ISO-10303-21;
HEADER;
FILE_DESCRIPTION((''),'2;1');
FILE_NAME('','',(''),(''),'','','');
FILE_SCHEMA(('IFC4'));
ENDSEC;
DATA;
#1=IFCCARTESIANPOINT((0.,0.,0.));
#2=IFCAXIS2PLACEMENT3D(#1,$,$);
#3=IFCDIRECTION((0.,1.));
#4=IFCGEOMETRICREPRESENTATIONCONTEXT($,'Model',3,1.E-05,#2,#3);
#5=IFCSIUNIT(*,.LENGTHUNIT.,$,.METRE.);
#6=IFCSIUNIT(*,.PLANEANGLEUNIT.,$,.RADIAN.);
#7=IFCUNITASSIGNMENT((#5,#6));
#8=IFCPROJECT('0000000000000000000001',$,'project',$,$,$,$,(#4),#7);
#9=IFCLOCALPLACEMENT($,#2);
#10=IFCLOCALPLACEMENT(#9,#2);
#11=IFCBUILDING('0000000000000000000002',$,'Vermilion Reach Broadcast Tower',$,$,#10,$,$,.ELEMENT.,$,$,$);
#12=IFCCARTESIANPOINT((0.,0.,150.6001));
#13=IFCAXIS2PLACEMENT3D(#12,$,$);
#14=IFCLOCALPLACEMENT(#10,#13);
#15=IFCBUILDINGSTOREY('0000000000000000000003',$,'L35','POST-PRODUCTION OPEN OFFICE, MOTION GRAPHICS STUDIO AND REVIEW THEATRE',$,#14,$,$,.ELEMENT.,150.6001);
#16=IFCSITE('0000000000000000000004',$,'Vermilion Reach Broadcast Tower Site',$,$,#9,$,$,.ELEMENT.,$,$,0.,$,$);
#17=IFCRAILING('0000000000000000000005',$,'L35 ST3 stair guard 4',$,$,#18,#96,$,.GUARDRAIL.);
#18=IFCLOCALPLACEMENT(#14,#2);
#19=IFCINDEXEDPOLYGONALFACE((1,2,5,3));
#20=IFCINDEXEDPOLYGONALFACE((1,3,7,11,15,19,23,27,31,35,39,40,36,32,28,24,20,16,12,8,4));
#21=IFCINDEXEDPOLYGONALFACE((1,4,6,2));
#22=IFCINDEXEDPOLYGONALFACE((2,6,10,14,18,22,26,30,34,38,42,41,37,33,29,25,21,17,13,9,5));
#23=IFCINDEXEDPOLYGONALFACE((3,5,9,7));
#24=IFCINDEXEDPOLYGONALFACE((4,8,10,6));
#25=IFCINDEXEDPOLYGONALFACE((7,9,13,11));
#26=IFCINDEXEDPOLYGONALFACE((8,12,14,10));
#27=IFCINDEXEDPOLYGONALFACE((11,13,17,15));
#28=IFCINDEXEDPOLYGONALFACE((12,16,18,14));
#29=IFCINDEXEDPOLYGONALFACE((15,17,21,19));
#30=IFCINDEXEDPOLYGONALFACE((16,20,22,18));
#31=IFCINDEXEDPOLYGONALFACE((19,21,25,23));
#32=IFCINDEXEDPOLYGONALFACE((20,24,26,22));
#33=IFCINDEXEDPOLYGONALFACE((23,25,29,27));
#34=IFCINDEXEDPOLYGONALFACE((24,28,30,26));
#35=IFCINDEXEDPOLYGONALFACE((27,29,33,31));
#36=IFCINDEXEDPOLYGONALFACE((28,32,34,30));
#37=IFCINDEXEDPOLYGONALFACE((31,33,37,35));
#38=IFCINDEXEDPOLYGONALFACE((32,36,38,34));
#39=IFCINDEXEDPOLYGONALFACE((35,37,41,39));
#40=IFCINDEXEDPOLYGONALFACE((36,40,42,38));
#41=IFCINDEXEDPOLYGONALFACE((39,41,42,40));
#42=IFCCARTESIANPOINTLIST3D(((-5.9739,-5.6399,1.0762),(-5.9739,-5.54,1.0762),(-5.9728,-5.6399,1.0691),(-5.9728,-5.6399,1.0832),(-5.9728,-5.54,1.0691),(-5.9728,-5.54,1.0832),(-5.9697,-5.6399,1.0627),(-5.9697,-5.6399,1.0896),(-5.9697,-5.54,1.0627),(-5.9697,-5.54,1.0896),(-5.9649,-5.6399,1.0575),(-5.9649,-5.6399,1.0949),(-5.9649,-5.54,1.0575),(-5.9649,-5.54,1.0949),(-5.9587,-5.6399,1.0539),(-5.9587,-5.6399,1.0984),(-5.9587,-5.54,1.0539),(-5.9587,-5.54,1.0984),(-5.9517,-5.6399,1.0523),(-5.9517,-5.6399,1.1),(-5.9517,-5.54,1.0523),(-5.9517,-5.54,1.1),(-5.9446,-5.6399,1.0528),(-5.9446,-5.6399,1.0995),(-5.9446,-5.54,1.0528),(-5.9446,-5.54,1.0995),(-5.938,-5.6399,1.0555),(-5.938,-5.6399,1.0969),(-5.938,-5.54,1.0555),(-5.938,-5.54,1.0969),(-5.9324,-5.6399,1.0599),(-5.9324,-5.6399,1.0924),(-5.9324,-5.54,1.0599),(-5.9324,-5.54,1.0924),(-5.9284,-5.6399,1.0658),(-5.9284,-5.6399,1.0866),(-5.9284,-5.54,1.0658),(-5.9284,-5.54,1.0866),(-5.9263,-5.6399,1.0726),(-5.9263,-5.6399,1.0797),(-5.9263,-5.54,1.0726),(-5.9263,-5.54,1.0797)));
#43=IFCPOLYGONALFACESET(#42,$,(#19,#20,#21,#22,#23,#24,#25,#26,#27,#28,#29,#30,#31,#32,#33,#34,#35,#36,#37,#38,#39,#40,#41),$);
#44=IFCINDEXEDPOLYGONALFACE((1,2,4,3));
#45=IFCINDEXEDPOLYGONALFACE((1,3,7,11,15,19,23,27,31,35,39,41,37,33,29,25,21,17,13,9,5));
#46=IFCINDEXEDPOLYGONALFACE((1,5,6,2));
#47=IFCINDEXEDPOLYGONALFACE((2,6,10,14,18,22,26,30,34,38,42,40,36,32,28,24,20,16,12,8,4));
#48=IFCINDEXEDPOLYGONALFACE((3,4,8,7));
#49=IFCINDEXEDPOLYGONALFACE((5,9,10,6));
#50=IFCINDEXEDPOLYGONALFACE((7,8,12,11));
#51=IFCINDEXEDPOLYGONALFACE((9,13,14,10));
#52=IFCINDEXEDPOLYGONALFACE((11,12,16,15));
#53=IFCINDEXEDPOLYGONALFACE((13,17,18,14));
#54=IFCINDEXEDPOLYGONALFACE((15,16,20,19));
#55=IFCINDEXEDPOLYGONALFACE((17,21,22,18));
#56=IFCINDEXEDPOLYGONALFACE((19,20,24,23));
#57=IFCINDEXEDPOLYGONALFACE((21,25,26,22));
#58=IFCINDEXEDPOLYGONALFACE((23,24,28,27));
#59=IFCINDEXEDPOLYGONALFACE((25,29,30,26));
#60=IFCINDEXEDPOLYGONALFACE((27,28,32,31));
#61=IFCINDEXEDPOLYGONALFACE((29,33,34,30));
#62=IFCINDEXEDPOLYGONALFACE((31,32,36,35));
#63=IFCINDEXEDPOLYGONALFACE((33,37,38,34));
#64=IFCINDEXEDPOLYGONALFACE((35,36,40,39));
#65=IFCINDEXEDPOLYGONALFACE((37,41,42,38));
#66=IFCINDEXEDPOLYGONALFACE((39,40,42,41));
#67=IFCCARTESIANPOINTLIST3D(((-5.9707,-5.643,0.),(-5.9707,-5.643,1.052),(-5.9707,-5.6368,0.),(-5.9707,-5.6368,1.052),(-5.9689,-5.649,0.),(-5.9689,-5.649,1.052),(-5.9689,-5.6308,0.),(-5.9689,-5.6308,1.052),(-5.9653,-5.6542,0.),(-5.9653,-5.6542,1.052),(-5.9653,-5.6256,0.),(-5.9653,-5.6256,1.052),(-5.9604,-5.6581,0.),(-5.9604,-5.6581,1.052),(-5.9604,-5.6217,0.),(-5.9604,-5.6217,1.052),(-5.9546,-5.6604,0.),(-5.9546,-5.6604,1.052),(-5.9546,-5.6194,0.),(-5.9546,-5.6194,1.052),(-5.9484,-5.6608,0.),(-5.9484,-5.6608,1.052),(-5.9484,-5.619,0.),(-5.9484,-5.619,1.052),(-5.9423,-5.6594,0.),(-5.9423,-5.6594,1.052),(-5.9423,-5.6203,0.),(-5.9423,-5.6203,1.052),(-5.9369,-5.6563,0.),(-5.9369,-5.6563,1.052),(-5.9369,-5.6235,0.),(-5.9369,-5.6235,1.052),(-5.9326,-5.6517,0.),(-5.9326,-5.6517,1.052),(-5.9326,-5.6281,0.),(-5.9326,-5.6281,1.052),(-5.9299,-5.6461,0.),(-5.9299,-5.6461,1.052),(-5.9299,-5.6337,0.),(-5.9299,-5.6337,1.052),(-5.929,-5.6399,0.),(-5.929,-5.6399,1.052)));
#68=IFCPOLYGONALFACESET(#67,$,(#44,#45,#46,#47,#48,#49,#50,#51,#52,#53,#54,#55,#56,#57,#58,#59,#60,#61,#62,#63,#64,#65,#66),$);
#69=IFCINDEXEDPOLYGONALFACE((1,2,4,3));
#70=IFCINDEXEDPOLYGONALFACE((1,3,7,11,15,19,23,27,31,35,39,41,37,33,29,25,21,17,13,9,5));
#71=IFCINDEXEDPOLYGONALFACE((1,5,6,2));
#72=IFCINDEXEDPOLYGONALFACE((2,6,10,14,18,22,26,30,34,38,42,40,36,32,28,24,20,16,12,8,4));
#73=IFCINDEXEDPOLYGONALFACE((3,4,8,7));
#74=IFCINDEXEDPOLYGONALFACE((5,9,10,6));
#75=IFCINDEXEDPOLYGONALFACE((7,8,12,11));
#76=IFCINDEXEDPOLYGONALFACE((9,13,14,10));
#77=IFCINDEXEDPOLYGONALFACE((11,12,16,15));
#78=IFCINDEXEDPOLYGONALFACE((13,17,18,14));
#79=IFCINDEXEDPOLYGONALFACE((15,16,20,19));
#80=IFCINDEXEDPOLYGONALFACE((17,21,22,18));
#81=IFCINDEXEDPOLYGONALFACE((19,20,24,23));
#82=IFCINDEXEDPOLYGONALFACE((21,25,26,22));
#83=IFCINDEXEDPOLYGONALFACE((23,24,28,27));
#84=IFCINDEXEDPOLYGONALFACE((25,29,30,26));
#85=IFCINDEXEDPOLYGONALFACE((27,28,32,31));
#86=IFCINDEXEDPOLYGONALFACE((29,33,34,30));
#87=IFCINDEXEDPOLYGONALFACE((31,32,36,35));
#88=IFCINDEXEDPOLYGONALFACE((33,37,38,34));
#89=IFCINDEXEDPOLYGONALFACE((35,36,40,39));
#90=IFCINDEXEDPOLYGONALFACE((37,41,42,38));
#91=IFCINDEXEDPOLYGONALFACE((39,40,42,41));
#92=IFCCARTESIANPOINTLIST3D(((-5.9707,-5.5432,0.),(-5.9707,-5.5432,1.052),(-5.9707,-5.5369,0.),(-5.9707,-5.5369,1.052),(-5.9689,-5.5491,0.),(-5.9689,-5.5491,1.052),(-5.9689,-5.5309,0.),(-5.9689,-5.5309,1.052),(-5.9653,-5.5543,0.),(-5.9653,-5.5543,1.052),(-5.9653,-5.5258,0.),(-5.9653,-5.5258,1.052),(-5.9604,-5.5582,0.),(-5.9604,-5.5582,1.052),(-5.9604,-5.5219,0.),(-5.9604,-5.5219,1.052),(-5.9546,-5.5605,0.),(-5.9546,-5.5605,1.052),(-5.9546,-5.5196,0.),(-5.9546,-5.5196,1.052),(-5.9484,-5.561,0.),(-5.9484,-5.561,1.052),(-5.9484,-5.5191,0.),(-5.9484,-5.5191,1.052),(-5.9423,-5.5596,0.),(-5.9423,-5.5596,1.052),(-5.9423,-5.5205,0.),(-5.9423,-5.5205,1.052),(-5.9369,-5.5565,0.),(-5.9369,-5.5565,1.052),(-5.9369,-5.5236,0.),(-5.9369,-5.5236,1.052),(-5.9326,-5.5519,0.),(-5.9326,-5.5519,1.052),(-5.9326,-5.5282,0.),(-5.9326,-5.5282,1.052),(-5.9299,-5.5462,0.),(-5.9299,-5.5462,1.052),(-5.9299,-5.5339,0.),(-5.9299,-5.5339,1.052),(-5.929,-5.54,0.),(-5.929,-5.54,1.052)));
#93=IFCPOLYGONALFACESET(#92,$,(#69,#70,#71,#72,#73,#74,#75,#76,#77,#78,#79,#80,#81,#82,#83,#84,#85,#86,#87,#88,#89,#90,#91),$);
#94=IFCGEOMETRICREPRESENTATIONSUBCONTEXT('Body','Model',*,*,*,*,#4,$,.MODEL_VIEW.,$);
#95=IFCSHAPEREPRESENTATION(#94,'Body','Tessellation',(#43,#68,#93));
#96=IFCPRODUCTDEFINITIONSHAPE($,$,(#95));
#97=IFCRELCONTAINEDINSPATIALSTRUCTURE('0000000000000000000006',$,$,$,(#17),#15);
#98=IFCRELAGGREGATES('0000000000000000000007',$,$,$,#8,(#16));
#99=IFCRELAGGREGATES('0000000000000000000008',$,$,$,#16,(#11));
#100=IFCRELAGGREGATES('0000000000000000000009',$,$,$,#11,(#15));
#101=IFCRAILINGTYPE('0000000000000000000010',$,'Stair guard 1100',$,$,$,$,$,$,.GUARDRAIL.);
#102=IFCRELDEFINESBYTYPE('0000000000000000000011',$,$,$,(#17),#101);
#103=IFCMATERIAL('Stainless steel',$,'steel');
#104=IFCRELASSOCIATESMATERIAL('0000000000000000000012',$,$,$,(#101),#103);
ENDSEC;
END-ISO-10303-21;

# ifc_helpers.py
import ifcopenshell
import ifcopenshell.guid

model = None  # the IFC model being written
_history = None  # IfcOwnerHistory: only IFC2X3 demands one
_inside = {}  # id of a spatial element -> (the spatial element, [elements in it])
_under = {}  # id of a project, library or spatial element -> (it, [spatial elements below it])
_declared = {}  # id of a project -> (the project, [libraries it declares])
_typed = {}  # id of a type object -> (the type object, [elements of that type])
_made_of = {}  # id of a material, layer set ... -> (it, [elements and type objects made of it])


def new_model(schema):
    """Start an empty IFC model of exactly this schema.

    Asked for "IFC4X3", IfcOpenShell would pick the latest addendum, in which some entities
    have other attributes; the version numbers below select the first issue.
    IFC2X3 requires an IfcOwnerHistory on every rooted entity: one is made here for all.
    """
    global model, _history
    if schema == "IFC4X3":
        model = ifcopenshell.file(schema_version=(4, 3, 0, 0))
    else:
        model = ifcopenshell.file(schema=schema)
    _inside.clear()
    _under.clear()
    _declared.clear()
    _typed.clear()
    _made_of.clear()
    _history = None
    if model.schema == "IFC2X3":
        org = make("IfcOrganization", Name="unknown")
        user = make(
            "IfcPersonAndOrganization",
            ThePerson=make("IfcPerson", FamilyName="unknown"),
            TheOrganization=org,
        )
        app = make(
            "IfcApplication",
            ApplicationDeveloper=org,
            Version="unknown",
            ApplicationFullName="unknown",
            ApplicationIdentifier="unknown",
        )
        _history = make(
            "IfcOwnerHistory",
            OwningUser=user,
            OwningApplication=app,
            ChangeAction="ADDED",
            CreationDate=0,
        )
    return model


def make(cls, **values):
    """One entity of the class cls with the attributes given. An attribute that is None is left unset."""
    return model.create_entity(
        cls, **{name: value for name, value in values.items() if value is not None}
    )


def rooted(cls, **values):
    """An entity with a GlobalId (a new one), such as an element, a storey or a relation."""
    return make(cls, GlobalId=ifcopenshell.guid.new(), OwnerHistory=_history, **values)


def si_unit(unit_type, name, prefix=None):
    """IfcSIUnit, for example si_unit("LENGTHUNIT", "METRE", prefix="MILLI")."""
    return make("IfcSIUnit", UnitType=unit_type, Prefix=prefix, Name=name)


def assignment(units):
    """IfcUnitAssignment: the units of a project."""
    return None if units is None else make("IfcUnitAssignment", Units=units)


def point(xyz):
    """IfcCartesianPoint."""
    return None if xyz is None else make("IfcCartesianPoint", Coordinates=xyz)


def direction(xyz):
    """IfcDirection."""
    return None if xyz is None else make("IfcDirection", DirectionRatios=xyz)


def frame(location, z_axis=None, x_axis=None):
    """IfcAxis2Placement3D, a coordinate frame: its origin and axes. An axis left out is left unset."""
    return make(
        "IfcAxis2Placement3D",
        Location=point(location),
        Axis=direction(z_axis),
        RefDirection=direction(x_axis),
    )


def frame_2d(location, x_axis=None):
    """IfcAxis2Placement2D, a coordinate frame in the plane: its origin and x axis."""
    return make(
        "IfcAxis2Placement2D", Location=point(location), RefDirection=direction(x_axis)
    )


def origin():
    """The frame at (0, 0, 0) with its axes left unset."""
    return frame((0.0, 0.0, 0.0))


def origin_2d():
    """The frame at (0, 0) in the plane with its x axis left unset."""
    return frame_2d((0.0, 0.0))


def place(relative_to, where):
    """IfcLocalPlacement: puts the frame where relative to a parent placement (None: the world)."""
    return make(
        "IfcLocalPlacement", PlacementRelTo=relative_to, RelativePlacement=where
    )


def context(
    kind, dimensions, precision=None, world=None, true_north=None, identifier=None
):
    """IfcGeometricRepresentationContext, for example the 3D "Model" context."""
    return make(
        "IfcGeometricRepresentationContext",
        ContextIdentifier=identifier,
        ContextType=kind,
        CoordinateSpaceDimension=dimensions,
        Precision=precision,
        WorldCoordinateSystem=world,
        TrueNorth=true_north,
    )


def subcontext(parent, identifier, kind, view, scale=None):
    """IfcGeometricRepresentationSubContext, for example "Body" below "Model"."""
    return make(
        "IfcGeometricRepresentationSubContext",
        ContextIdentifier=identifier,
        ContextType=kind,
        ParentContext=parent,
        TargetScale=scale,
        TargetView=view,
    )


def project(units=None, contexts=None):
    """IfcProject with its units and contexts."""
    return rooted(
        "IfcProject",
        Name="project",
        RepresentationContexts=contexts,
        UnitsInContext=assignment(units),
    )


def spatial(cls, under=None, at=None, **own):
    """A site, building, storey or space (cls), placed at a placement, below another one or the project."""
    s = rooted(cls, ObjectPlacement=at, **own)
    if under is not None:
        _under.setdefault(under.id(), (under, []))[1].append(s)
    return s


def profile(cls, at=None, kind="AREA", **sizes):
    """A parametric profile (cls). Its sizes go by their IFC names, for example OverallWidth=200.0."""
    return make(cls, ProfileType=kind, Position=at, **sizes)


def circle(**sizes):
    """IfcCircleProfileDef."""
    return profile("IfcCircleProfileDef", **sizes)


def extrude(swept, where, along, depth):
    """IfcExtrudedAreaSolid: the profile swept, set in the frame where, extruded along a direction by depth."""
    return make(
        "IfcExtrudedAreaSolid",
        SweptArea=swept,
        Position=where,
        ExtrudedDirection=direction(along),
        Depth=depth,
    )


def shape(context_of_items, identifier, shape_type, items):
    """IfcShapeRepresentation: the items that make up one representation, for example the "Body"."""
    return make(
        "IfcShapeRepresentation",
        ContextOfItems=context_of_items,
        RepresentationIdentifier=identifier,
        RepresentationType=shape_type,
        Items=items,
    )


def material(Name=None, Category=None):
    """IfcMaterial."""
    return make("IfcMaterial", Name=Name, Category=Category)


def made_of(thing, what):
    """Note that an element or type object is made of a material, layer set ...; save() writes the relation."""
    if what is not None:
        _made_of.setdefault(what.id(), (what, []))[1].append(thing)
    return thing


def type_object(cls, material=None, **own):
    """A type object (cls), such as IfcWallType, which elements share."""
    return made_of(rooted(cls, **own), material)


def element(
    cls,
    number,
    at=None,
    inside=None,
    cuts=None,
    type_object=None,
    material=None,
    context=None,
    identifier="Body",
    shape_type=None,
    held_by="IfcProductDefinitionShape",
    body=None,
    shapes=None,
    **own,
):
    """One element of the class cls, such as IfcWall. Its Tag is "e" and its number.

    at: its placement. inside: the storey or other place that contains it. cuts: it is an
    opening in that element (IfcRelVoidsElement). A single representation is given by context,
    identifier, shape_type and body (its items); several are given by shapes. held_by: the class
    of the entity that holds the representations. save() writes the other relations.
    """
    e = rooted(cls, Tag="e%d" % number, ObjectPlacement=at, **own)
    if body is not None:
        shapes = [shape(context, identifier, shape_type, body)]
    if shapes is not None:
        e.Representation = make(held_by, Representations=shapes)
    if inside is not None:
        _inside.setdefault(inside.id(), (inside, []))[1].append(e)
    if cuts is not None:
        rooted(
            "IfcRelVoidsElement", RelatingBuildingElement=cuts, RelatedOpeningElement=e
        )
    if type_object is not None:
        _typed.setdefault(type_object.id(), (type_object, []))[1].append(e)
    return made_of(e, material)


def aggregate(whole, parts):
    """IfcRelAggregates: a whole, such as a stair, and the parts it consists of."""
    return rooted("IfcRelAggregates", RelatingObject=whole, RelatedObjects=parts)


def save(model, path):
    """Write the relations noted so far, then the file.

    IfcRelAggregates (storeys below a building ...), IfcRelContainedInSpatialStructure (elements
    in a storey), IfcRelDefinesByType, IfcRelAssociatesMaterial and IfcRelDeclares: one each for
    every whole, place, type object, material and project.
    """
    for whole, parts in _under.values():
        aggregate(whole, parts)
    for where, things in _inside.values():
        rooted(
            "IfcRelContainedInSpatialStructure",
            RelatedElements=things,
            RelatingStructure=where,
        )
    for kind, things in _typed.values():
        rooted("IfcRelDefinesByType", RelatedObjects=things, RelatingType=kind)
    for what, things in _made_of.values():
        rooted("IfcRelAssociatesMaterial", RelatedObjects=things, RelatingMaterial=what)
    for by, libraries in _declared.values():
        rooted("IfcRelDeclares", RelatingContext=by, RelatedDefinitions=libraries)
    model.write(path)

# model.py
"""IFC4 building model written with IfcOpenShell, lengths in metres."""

from ifc_helpers import new_model, si_unit, direction, frame, origin, origin_2d, place, context, subcontext, project, spatial, circle, extrude, material, type_object, element, save


model = new_model("IFC4")

# Units and contexts
model_context = context("Model", 3, precision=1e-05, world=origin(), true_north=direction((0.0, 1.0)))
body_context = subcontext(model_context, "Body", "Model", "MODEL_VIEW")
ifc_project = project(units=[si_unit("LENGTHUNIT", "METRE"), si_unit("PLANEANGLEUNIT", "RADIAN")], contexts=[model_context])

# Site, building, storey
site_placement = place(None, origin())
site = spatial("IfcSite", under=ifc_project, at=site_placement, Name="Vermilion Reach Broadcast Tower Site", CompositionType="ELEMENT", RefElevation=0.0)
building_placement = place(site_placement, origin())
building = spatial("IfcBuilding", under=site, at=building_placement, Name="Vermilion Reach Broadcast Tower", CompositionType="ELEMENT")
storey_placement = place(building_placement, frame((0.0, 0.0, 150.6001)))
storey = spatial("IfcBuildingStorey", under=building, at=storey_placement, Name="L35", Description="POST-PRODUCTION OPEN OFFICE, MOTION GRAPHICS STUDIO AND REVIEW THEATRE", CompositionType="ELEMENT", Elevation=150.6001)

# Railing
ifc_material_1 = material(Name="Stainless steel", Category="steel")
railing_type_1 = type_object("IfcRailingType", Name="Stair guard 1100", PredefinedType="GUARDRAIL", material=ifc_material_1)
railing_1_placement = place(storey_placement, frame((-5.95, -5.6399, 0.0)))
element("IfcRailing", 1, at=railing_1_placement, inside=storey, type_object=railing_type_1, Name="L35 ST3 stair guard 4", PredefinedType="GUARDRAIL", context=body_context, shape_type="SweptSolid", body=[
    extrude(circle(Radius=0.0239, at=origin_2d()), frame((0.0, 0.0, 1.0762), z_axis=(0.0, 1.0, 0.0), x_axis=(-1.0, 0.0, 0.0)), (0.0, 0.0, 1.0), 0.0999),
    extrude(circle(Radius=0.021, at=origin_2d()), origin(), (0.0, 0.0, 1.0), 1.052),
    extrude(circle(Radius=0.021, at=origin_2d()), frame((0.0, 0.0999, 0.0)), (0.0, 0.0, 1.0), 1.052),
])

save(model, "model.ifc")
